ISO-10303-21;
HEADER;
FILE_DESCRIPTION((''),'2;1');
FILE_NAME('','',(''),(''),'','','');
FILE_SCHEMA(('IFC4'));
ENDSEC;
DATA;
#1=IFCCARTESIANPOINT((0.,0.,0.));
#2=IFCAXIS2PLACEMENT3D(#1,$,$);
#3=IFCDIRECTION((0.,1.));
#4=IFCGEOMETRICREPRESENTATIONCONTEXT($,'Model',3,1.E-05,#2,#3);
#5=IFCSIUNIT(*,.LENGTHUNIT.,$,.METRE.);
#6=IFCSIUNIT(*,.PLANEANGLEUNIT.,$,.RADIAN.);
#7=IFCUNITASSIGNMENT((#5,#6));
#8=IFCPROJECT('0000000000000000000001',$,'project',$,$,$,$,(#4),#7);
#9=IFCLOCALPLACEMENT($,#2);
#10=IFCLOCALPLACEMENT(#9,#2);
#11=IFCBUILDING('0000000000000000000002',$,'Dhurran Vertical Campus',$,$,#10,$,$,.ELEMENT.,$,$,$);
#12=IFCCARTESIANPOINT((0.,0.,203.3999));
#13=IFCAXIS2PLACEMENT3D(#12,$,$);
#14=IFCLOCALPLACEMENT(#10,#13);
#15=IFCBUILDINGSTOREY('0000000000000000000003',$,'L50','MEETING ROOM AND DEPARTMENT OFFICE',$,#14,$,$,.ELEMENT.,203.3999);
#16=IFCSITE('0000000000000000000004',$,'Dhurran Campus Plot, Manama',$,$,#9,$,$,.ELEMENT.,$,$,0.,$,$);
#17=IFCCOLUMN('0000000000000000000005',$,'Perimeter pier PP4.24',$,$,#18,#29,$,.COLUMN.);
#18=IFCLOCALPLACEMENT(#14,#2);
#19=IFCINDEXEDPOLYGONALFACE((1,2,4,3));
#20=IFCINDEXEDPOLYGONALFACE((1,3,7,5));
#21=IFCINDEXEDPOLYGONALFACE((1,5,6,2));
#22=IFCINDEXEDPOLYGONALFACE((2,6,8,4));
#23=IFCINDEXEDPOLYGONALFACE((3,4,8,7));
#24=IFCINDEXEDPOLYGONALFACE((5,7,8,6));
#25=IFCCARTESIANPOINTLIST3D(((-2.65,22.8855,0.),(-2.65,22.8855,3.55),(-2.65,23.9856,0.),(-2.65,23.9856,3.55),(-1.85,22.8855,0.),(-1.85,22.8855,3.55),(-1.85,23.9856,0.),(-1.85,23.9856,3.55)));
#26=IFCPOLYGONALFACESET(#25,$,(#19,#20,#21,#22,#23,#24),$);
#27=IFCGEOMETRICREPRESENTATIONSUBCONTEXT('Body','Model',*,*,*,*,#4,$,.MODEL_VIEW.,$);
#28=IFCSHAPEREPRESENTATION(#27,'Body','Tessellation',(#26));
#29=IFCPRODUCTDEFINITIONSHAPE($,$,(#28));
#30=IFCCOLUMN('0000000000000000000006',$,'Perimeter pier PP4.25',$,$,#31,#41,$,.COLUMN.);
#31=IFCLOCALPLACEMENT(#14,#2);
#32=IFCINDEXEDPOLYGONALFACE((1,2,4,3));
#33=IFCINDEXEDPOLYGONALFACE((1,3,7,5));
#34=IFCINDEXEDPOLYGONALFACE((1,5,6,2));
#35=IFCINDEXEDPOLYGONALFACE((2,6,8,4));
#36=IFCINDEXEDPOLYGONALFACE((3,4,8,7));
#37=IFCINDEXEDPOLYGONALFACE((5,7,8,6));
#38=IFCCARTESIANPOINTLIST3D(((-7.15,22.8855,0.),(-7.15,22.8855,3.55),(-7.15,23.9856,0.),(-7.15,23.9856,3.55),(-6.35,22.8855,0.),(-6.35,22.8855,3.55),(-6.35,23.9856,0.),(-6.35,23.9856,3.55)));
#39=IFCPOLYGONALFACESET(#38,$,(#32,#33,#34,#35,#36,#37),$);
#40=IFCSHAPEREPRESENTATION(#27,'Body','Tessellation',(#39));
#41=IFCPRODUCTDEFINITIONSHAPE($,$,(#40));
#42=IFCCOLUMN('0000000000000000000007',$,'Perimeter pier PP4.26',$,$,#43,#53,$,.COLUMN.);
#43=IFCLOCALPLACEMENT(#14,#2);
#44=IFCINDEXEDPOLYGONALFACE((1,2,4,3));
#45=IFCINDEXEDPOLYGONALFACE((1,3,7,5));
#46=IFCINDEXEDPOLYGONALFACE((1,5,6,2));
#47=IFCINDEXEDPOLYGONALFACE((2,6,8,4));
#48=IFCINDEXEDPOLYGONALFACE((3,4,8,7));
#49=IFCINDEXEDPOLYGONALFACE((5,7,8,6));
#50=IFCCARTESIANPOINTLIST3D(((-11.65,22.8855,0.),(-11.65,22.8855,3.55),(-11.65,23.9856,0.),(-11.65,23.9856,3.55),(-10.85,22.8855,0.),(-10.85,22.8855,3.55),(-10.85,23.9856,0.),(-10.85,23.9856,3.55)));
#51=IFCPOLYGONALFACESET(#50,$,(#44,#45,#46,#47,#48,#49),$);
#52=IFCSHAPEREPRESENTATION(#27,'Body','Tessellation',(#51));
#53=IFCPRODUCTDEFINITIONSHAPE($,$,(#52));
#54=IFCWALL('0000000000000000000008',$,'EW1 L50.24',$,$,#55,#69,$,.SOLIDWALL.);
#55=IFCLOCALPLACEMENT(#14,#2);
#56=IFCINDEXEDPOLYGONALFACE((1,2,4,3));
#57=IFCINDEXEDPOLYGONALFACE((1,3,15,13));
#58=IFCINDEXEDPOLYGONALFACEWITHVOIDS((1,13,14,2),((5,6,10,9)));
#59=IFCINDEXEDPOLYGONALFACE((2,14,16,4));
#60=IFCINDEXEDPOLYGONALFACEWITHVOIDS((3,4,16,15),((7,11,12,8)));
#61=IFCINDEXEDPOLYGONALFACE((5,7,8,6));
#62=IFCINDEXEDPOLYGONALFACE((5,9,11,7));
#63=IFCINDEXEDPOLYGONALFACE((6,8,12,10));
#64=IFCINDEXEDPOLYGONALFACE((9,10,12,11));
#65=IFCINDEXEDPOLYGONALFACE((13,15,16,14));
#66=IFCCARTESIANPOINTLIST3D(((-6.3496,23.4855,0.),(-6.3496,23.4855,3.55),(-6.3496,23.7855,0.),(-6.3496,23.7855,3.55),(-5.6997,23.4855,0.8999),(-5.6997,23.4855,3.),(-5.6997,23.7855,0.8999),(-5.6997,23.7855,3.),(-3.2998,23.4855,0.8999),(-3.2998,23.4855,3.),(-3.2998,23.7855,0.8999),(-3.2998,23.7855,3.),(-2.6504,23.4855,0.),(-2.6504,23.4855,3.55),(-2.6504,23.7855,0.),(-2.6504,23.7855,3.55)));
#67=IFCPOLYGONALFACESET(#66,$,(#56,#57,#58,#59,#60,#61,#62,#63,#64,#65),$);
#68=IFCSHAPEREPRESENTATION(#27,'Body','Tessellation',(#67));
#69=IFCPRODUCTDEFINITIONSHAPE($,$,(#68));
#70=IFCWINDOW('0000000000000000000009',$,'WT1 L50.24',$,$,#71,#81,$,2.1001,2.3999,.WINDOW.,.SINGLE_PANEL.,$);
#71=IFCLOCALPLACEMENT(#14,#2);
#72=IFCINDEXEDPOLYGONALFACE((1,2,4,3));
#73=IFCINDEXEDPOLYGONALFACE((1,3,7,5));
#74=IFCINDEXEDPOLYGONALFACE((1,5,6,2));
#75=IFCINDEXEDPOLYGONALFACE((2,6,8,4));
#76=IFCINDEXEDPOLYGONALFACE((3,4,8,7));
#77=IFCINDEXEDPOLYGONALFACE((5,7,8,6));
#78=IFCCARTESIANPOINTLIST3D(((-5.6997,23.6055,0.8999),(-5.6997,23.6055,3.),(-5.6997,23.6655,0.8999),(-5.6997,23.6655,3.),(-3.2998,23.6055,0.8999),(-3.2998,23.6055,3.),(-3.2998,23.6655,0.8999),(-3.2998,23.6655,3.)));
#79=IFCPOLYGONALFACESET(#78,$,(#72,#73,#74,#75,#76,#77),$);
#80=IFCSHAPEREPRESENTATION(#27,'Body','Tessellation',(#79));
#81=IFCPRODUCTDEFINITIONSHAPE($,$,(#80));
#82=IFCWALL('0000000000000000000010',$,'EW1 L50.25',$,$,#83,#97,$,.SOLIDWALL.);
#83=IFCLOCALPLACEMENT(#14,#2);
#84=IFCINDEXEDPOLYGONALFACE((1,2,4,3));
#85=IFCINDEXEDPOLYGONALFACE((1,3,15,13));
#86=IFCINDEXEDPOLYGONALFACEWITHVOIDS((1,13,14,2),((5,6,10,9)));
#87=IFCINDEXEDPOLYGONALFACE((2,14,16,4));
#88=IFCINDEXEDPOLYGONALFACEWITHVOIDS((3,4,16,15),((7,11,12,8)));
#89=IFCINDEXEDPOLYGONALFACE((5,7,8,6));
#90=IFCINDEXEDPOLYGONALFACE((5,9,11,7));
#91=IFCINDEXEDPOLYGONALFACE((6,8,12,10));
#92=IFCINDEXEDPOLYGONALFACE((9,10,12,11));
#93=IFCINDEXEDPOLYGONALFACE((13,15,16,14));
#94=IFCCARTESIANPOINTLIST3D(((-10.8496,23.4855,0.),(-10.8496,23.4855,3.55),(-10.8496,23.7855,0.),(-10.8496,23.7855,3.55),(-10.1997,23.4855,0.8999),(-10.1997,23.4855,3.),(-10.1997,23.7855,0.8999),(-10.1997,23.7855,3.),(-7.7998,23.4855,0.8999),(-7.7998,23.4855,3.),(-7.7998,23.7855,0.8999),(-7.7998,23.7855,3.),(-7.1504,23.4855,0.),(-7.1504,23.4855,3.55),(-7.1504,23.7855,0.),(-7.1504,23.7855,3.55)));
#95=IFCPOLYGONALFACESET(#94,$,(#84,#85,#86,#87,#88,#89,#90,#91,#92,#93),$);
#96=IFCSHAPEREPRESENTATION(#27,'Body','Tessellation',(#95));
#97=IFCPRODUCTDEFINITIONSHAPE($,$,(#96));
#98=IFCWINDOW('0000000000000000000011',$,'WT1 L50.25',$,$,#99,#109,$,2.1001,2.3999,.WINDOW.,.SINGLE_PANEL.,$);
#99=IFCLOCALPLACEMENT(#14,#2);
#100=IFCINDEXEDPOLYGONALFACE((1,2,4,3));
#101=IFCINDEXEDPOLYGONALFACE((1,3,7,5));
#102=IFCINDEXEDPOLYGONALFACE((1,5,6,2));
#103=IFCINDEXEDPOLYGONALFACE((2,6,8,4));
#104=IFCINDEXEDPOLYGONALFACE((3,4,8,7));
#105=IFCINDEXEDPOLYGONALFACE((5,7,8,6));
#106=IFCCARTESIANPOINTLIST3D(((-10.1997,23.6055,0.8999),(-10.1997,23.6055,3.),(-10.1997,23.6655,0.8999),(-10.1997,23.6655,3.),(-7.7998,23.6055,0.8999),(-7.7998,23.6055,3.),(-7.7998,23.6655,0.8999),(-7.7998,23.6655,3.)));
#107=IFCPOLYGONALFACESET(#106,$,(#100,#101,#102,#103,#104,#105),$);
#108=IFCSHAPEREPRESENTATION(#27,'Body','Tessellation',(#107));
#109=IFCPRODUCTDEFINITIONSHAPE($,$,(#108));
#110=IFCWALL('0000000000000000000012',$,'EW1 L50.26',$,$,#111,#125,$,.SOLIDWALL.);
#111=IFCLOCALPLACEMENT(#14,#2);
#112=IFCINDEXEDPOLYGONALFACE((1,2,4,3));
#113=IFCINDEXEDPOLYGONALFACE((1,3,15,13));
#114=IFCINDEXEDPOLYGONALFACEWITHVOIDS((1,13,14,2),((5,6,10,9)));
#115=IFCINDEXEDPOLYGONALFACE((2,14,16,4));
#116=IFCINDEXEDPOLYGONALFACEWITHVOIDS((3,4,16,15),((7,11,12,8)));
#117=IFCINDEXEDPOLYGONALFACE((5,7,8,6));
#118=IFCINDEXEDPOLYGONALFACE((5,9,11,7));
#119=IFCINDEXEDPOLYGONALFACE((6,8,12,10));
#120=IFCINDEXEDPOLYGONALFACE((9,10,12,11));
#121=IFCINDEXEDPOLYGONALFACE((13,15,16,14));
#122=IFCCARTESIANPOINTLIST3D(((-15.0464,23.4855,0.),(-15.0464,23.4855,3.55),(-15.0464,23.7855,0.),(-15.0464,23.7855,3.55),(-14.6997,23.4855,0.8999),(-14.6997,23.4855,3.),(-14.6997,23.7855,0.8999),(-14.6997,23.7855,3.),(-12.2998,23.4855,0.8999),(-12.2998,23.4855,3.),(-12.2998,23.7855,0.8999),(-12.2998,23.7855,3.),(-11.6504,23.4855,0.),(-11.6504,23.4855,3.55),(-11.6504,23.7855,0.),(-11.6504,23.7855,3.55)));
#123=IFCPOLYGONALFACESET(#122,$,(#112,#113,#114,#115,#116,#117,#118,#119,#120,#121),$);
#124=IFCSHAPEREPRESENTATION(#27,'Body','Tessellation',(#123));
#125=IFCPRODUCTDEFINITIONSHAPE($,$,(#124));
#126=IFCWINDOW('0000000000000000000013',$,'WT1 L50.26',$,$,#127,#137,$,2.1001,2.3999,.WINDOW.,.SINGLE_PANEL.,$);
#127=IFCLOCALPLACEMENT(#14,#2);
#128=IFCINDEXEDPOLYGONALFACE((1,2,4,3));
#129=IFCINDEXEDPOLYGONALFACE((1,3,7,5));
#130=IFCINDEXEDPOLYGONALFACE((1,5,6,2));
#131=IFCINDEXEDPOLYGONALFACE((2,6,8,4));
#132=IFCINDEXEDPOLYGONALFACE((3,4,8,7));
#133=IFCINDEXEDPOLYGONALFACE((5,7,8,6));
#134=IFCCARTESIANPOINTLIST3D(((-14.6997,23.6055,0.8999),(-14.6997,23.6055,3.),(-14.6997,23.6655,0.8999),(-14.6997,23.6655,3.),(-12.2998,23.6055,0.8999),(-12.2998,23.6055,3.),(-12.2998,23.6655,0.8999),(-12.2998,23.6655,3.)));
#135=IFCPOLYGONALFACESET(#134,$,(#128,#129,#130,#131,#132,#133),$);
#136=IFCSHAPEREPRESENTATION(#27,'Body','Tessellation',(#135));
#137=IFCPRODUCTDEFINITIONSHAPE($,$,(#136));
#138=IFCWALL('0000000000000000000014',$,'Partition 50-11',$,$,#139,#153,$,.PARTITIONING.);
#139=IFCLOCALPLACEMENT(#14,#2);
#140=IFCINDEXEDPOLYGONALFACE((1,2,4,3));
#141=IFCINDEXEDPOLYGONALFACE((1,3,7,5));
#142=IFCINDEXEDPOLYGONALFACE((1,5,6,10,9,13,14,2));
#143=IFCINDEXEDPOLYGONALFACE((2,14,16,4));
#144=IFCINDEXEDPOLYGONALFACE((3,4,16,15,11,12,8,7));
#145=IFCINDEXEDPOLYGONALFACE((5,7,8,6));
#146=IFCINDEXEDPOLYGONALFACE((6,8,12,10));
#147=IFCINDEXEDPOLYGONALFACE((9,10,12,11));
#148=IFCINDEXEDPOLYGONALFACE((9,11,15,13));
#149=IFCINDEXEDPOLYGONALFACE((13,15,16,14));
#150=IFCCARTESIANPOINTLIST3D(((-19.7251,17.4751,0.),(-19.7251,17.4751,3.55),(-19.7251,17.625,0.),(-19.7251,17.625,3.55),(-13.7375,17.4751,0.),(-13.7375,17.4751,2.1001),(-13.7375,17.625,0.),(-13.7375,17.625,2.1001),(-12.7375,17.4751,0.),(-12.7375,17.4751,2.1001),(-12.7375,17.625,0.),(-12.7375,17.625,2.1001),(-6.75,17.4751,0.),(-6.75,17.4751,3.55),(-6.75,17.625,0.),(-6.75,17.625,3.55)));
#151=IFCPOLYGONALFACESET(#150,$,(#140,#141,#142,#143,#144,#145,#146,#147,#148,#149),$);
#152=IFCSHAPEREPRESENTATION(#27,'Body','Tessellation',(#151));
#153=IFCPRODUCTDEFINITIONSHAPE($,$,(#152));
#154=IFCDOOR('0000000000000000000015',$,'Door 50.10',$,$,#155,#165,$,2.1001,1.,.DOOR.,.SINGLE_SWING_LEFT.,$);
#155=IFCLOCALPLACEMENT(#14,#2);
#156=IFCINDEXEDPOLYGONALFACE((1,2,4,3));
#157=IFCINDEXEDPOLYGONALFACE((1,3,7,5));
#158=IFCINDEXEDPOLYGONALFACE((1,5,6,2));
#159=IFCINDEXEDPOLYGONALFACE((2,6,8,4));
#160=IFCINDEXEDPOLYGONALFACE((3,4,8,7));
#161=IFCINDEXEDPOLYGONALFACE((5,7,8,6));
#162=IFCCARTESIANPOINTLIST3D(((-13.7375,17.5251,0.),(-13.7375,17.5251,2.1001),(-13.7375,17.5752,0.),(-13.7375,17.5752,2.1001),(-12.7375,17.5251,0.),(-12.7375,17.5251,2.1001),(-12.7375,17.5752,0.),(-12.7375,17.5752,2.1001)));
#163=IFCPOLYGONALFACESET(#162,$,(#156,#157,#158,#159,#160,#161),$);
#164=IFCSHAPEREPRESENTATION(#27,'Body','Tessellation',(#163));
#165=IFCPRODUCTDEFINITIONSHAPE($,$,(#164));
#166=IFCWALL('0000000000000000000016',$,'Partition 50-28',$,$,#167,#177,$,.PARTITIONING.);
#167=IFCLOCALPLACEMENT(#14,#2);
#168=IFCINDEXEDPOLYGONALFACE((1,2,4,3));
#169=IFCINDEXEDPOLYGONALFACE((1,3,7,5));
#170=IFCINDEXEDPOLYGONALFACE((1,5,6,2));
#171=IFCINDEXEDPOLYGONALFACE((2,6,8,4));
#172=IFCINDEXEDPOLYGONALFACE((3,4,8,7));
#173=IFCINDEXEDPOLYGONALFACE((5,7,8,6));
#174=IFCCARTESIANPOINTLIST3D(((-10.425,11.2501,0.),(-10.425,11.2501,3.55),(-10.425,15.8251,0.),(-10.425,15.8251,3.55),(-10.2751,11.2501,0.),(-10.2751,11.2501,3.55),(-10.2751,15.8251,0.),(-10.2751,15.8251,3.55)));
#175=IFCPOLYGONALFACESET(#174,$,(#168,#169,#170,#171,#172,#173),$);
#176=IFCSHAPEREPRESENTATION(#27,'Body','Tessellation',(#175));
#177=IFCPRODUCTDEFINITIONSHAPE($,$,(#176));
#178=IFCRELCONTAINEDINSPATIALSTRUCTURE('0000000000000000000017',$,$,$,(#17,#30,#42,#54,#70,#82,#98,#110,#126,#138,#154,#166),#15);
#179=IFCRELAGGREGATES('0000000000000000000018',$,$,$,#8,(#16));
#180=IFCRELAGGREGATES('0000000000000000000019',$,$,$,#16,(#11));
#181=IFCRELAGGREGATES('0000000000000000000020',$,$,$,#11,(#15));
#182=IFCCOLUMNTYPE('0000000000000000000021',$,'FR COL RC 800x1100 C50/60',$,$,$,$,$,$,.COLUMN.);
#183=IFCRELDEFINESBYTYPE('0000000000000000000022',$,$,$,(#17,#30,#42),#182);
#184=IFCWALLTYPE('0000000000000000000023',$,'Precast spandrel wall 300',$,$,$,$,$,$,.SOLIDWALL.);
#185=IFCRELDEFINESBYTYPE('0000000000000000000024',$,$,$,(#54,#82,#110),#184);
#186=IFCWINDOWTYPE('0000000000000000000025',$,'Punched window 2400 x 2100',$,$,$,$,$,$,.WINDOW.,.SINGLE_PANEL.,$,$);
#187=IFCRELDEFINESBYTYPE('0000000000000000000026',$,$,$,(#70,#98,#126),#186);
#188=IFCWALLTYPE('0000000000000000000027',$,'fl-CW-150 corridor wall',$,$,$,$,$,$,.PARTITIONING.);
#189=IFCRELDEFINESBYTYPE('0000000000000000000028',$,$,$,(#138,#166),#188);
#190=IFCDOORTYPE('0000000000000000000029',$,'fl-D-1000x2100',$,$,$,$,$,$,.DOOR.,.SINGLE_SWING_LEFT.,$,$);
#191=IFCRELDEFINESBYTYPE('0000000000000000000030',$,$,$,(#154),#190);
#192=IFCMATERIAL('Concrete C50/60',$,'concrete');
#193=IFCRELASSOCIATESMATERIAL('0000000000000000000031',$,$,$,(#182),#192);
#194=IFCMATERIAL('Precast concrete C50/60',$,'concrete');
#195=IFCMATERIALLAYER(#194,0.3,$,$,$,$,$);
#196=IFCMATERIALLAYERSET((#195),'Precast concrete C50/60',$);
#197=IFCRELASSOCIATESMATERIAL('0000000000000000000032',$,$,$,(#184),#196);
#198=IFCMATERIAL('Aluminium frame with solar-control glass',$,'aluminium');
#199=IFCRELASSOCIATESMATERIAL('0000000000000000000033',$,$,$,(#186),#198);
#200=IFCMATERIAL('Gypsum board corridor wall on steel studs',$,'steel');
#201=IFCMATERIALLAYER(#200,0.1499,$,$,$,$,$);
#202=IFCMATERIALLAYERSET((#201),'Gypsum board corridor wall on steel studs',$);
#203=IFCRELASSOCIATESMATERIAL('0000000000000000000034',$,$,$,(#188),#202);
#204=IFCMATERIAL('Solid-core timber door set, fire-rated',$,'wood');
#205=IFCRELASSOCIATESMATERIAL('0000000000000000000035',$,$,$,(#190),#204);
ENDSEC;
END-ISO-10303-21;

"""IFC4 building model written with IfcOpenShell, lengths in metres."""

from ifc_helpers import new_model, si_unit, direction, frame, frame_2d, origin, origin_2d, place, context, subcontext, project, spatial, rectangle, extrude, material, layer, layer_set, material_profile, profile_set, type_object, element, fill, save


model = new_model("IFC4")

# Units and contexts
model_context = context("Model", 3, precision=1e-05, world=origin(), true_north=direction((0.0, 1.0)))
body_context = subcontext(model_context, "Body", "Model", "MODEL_VIEW")
ifc_project = project(units=[si_unit("LENGTHUNIT", "METRE"), si_unit("PLANEANGLEUNIT", "RADIAN")], contexts=[model_context])

# Site, building, storey
site_placement = place(None, origin())
site = spatial("IfcSite", under=ifc_project, at=site_placement, Name="Dhurran Campus Plot, Manama", CompositionType="ELEMENT", RefElevation=0.0)
building_placement = place(site_placement, origin())
building = spatial("IfcBuilding", under=site, at=building_placement, Name="Dhurran Vertical Campus", CompositionType="ELEMENT")
storey_placement = place(building_placement, frame((0.0, 0.0, 203.3999)))
storey = spatial("IfcBuildingStorey", under=building, at=storey_placement, Name="L50", Description="MEETING ROOM AND DEPARTMENT OFFICE", CompositionType="ELEMENT", Elevation=203.3999)

# Columns
ifc_material_1 = material(Name="Concrete C50/60", Category="concrete")
ifc_material_profile = material_profile(ifc_material_1, rectangle(XDim=0.8, YDim=1.1001, at=origin_2d()), Name="RC 800x1100")
ifc_profile_set = profile_set([ifc_material_profile], Name="Concrete C50/60")
column_type = type_object("IfcColumnType", Name="FR COL RC 800x1100 C50/60", PredefinedType="COLUMN", material=ifc_profile_set)
for number, where, z_axis, x_axis, name in (
    (1, (-2.25, 23.4355, 0.0), (0.0, 0.0, 1.0), (-1.0, 0.0, 0.0), "Perimeter pier PP4.24"),
    (2, (-6.75, 23.4355, 0.0), (0.0, 0.0, 1.0), (-1.0, 0.0, 0.0), "Perimeter pier PP4.25"),
    (3, (-11.25, 23.4355, 0.0), (0.0, 0.0, 1.0), (-1.0, 0.0, 0.0), "Perimeter pier PP4.26"),
):
    element("IfcColumn", number, at=place(storey_placement, frame(where, z_axis=z_axis, x_axis=x_axis)), inside=storey, type_object=column_type, Name=name, PredefinedType="COLUMN", context=body_context, shape_type="SweptSolid", body=[
        extrude(rectangle(XDim=0.8, YDim=1.1001, at=origin_2d()), origin(), (0.0, 0.0, 1.0), 3.55),
    ])

# Walls, openings, windows
ifc_material_2 = material(Name="Precast concrete C50/60", Category="concrete")
ifc_layer_1 = layer(ifc_material_2, 0.3)
ifc_layer_set_1 = layer_set([ifc_layer_1], Name="Precast concrete C50/60")
wall_type_1 = type_object("IfcWallType", Name="Precast spandrel wall 300", PredefinedType="SOLIDWALL", material=ifc_layer_set_1)
wall_1_placement = place(storey_placement, frame((-2.6504, 23.6355, 0.0), z_axis=(0.0, 0.0, 1.0), x_axis=(-1.0, 0.0, 0.0)))
wall_1 = element("IfcWall", 4, at=wall_1_placement, inside=storey, type_object=wall_type_1, Name="EW1 L50.24", PredefinedType="SOLIDWALL", context=body_context, shape_type="SweptSolid", body=[
    extrude(rectangle(XDim=3.6992, YDim=0.3, at=frame_2d((1.8496, 0.0))), origin(), (0.0, 0.0, 1.0), 3.55),
])
opening_1_placement = place(wall_1_placement, frame((0.6494, 0.0, 0.8999)))
opening_1 = element("IfcOpeningElement", 5, at=opening_1_placement, cuts=wall_1, PredefinedType="OPENING", context=body_context, shape_type="SweptSolid", body=[
    extrude(rectangle(XDim=2.3999, YDim=2.1001, at=frame_2d((1.2, 1.05))), frame((0.0, 0.1599, 0.0), z_axis=(0.0, -1.0, 0.0), x_axis=(1.0, 0.0, 0.0)), (0.0, 0.0, 1.0), 0.3201),
])
ifc_material_3 = material(Name="Aluminium frame with solar-control glass", Category="aluminium")
window_type = type_object("IfcWindowType", Name="Punched window 2400 x 2100", PartitioningType="SINGLE_PANEL", PredefinedType="WINDOW", material=ifc_material_3)
window_1_placement = place(opening_1_placement, origin())
window_1 = element("IfcWindow", 6, at=window_1_placement, inside=storey, type_object=window_type, Name="WT1 L50.24", OverallHeight=2.1001, OverallWidth=2.3999, PartitioningType="SINGLE_PANEL", PredefinedType="WINDOW", context=body_context, shape_type="SweptSolid", body=[
    extrude(rectangle(XDim=2.3999, YDim=2.1001, at=frame_2d((1.2, 1.05))), frame((0.0, 0.03, 0.0), z_axis=(0.0, -1.0, 0.0), x_axis=(1.0, 0.0, 0.0)), (0.0, 0.0, 1.0), 0.0601),
])
fill(opening_1, window_1)
wall_2_placement = place(storey_placement, frame((-7.1504, 23.6355, 0.0), z_axis=(0.0, 0.0, 1.0), x_axis=(-1.0, 0.0, 0.0)))
wall_2 = element("IfcWall", 7, at=wall_2_placement, inside=storey, type_object=wall_type_1, Name="EW1 L50.25", PredefinedType="SOLIDWALL", context=body_context, shape_type="SweptSolid", body=[
    extrude(rectangle(XDim=3.6992, YDim=0.3, at=frame_2d((1.8496, 0.0))), origin(), (0.0, 0.0, 1.0), 3.55),
])
opening_2_placement = place(wall_2_placement, frame((0.6494, 0.0, 0.8999)))
opening_2 = element("IfcOpeningElement", 8, at=opening_2_placement, cuts=wall_2, PredefinedType="OPENING", context=body_context, shape_type="SweptSolid", body=[
    extrude(rectangle(XDim=2.3999, YDim=2.1001, at=frame_2d((1.2, 1.05))), frame((0.0, 0.1599, 0.0), z_axis=(0.0, -1.0, 0.0), x_axis=(1.0, 0.0, 0.0)), (0.0, 0.0, 1.0), 0.3201),
])
window_2_placement = place(opening_2_placement, origin())
window_2 = element("IfcWindow", 9, at=window_2_placement, inside=storey, type_object=window_type, Name="WT1 L50.25", OverallHeight=2.1001, OverallWidth=2.3999, PartitioningType="SINGLE_PANEL", PredefinedType="WINDOW", context=body_context, shape_type="SweptSolid", body=[
    extrude(rectangle(XDim=2.3999, YDim=2.1001, at=frame_2d((1.2, 1.05))), frame((0.0, 0.03, 0.0), z_axis=(0.0, -1.0, 0.0), x_axis=(1.0, 0.0, 0.0)), (0.0, 0.0, 1.0), 0.0601),
])
fill(opening_2, window_2)
wall_3_placement = place(storey_placement, frame((-11.6504, 23.6355, 0.0), z_axis=(0.0, 0.0, 1.0), x_axis=(-1.0, 0.0, 0.0)))
wall_3 = element("IfcWall", 10, at=wall_3_placement, inside=storey, type_object=wall_type_1, Name="EW1 L50.26", PredefinedType="SOLIDWALL", context=body_context, shape_type="SweptSolid", body=[
    extrude(rectangle(XDim=3.396, YDim=0.3, at=frame_2d((1.698, 0.0))), origin(), (0.0, 0.0, 1.0), 3.55),
])
opening_3_placement = place(wall_3_placement, frame((0.6494, 0.0, 0.8999)))
opening_3 = element("IfcOpeningElement", 11, at=opening_3_placement, cuts=wall_3, PredefinedType="OPENING", context=body_context, shape_type="SweptSolid", body=[
    extrude(rectangle(XDim=2.3999, YDim=2.1001, at=frame_2d((1.2, 1.05))), frame((0.0, 0.1599, 0.0), z_axis=(0.0, -1.0, 0.0), x_axis=(1.0, 0.0, 0.0)), (0.0, 0.0, 1.0), 0.3201),
])
window_3_placement = place(opening_3_placement, origin())
window_3 = element("IfcWindow", 12, at=window_3_placement, inside=storey, type_object=window_type, Name="WT1 L50.26", OverallHeight=2.1001, OverallWidth=2.3999, PartitioningType="SINGLE_PANEL", PredefinedType="WINDOW", context=body_context, shape_type="SweptSolid", body=[
    extrude(rectangle(XDim=2.3999, YDim=2.1001, at=frame_2d((1.2, 1.05))), frame((0.0, 0.03, 0.0), z_axis=(0.0, -1.0, 0.0), x_axis=(1.0, 0.0, 0.0)), (0.0, 0.0, 1.0), 0.0601),
])
fill(opening_3, window_3)

# Wall, opening, door
ifc_material_4 = material(Name="Gypsum board corridor wall on steel studs", Category="steel")
ifc_layer_2 = layer(ifc_material_4, 0.1499)
ifc_layer_set_2 = layer_set([ifc_layer_2], Name="Gypsum board corridor wall on steel studs")
wall_type_2 = type_object("IfcWallType", Name="fl-CW-150 corridor wall", PredefinedType="PARTITIONING", material=ifc_layer_set_2)
wall_4_placement = place(storey_placement, frame((-6.75, 17.55, 0.0), z_axis=(0.0, 0.0, 1.0), x_axis=(-1.0, 0.0, 0.0)))
wall_4 = element("IfcWall", 13, at=wall_4_placement, inside=storey, type_object=wall_type_2, Name="Partition 50-11", PredefinedType="PARTITIONING", context=body_context, shape_type="SweptSolid", body=[
    extrude(rectangle(XDim=12.9751, YDim=0.1499, at=frame_2d((6.4875, 0.0))), origin(), (0.0, 0.0, 1.0), 3.55),
])
opening_4_placement = place(wall_4_placement, frame((5.9875, 0.0, 0.0)))
opening_4 = element("IfcOpeningElement", 14, at=opening_4_placement, cuts=wall_4, PredefinedType="OPENING", context=body_context, shape_type="SweptSolid", body=[
    extrude(rectangle(XDim=1.0, YDim=2.1001, at=frame_2d((0.5, 1.05))), frame((0.0, 0.085, 0.0), z_axis=(0.0, -1.0, 0.0), x_axis=(1.0, 0.0, 0.0)), (0.0, 0.0, 1.0), 0.1699),
])
ifc_material_5 = material(Name="Solid-core timber door set, fire-rated", Category="wood")
door_type = type_object("IfcDoorType", Name="fl-D-1000x2100", OperationType="SINGLE_SWING_LEFT", PredefinedType="DOOR", material=ifc_material_5)
door_1_placement = place(opening_4_placement, origin())
door_1 = element("IfcDoor", 15, at=door_1_placement, inside=storey, type_object=door_type, Name="Door 50.10", OperationType="SINGLE_SWING_LEFT", OverallHeight=2.1001, OverallWidth=1.0, PredefinedType="DOOR", context=body_context, shape_type="SweptSolid", body=[
    extrude(rectangle(XDim=1.0, YDim=2.1001, at=frame_2d((0.5, 1.05))), frame((0.0, 0.0249, 0.0), z_axis=(0.0, -1.0, 0.0), x_axis=(1.0, 0.0, 0.0)), (0.0, 0.0, 1.0), 0.05),
])
fill(opening_4, door_1)

# Wall
wall_5_placement = place(storey_placement, frame((-10.3501, 11.25, 0.0), z_axis=(0.0, 0.0, 1.0), x_axis=(0.0, 1.0, 0.0)))
element("IfcWall", 16, at=wall_5_placement, inside=storey, type_object=wall_type_2, Name="Partition 50-28", PredefinedType="PARTITIONING", context=body_context, shape_type="SweptSolid", body=[
    extrude(rectangle(XDim=4.575, YDim=0.1499, at=frame_2d((2.2876, 0.0))), origin(), (0.0, 0.0, 1.0), 3.55),
])

save(model, "model.ifc")
